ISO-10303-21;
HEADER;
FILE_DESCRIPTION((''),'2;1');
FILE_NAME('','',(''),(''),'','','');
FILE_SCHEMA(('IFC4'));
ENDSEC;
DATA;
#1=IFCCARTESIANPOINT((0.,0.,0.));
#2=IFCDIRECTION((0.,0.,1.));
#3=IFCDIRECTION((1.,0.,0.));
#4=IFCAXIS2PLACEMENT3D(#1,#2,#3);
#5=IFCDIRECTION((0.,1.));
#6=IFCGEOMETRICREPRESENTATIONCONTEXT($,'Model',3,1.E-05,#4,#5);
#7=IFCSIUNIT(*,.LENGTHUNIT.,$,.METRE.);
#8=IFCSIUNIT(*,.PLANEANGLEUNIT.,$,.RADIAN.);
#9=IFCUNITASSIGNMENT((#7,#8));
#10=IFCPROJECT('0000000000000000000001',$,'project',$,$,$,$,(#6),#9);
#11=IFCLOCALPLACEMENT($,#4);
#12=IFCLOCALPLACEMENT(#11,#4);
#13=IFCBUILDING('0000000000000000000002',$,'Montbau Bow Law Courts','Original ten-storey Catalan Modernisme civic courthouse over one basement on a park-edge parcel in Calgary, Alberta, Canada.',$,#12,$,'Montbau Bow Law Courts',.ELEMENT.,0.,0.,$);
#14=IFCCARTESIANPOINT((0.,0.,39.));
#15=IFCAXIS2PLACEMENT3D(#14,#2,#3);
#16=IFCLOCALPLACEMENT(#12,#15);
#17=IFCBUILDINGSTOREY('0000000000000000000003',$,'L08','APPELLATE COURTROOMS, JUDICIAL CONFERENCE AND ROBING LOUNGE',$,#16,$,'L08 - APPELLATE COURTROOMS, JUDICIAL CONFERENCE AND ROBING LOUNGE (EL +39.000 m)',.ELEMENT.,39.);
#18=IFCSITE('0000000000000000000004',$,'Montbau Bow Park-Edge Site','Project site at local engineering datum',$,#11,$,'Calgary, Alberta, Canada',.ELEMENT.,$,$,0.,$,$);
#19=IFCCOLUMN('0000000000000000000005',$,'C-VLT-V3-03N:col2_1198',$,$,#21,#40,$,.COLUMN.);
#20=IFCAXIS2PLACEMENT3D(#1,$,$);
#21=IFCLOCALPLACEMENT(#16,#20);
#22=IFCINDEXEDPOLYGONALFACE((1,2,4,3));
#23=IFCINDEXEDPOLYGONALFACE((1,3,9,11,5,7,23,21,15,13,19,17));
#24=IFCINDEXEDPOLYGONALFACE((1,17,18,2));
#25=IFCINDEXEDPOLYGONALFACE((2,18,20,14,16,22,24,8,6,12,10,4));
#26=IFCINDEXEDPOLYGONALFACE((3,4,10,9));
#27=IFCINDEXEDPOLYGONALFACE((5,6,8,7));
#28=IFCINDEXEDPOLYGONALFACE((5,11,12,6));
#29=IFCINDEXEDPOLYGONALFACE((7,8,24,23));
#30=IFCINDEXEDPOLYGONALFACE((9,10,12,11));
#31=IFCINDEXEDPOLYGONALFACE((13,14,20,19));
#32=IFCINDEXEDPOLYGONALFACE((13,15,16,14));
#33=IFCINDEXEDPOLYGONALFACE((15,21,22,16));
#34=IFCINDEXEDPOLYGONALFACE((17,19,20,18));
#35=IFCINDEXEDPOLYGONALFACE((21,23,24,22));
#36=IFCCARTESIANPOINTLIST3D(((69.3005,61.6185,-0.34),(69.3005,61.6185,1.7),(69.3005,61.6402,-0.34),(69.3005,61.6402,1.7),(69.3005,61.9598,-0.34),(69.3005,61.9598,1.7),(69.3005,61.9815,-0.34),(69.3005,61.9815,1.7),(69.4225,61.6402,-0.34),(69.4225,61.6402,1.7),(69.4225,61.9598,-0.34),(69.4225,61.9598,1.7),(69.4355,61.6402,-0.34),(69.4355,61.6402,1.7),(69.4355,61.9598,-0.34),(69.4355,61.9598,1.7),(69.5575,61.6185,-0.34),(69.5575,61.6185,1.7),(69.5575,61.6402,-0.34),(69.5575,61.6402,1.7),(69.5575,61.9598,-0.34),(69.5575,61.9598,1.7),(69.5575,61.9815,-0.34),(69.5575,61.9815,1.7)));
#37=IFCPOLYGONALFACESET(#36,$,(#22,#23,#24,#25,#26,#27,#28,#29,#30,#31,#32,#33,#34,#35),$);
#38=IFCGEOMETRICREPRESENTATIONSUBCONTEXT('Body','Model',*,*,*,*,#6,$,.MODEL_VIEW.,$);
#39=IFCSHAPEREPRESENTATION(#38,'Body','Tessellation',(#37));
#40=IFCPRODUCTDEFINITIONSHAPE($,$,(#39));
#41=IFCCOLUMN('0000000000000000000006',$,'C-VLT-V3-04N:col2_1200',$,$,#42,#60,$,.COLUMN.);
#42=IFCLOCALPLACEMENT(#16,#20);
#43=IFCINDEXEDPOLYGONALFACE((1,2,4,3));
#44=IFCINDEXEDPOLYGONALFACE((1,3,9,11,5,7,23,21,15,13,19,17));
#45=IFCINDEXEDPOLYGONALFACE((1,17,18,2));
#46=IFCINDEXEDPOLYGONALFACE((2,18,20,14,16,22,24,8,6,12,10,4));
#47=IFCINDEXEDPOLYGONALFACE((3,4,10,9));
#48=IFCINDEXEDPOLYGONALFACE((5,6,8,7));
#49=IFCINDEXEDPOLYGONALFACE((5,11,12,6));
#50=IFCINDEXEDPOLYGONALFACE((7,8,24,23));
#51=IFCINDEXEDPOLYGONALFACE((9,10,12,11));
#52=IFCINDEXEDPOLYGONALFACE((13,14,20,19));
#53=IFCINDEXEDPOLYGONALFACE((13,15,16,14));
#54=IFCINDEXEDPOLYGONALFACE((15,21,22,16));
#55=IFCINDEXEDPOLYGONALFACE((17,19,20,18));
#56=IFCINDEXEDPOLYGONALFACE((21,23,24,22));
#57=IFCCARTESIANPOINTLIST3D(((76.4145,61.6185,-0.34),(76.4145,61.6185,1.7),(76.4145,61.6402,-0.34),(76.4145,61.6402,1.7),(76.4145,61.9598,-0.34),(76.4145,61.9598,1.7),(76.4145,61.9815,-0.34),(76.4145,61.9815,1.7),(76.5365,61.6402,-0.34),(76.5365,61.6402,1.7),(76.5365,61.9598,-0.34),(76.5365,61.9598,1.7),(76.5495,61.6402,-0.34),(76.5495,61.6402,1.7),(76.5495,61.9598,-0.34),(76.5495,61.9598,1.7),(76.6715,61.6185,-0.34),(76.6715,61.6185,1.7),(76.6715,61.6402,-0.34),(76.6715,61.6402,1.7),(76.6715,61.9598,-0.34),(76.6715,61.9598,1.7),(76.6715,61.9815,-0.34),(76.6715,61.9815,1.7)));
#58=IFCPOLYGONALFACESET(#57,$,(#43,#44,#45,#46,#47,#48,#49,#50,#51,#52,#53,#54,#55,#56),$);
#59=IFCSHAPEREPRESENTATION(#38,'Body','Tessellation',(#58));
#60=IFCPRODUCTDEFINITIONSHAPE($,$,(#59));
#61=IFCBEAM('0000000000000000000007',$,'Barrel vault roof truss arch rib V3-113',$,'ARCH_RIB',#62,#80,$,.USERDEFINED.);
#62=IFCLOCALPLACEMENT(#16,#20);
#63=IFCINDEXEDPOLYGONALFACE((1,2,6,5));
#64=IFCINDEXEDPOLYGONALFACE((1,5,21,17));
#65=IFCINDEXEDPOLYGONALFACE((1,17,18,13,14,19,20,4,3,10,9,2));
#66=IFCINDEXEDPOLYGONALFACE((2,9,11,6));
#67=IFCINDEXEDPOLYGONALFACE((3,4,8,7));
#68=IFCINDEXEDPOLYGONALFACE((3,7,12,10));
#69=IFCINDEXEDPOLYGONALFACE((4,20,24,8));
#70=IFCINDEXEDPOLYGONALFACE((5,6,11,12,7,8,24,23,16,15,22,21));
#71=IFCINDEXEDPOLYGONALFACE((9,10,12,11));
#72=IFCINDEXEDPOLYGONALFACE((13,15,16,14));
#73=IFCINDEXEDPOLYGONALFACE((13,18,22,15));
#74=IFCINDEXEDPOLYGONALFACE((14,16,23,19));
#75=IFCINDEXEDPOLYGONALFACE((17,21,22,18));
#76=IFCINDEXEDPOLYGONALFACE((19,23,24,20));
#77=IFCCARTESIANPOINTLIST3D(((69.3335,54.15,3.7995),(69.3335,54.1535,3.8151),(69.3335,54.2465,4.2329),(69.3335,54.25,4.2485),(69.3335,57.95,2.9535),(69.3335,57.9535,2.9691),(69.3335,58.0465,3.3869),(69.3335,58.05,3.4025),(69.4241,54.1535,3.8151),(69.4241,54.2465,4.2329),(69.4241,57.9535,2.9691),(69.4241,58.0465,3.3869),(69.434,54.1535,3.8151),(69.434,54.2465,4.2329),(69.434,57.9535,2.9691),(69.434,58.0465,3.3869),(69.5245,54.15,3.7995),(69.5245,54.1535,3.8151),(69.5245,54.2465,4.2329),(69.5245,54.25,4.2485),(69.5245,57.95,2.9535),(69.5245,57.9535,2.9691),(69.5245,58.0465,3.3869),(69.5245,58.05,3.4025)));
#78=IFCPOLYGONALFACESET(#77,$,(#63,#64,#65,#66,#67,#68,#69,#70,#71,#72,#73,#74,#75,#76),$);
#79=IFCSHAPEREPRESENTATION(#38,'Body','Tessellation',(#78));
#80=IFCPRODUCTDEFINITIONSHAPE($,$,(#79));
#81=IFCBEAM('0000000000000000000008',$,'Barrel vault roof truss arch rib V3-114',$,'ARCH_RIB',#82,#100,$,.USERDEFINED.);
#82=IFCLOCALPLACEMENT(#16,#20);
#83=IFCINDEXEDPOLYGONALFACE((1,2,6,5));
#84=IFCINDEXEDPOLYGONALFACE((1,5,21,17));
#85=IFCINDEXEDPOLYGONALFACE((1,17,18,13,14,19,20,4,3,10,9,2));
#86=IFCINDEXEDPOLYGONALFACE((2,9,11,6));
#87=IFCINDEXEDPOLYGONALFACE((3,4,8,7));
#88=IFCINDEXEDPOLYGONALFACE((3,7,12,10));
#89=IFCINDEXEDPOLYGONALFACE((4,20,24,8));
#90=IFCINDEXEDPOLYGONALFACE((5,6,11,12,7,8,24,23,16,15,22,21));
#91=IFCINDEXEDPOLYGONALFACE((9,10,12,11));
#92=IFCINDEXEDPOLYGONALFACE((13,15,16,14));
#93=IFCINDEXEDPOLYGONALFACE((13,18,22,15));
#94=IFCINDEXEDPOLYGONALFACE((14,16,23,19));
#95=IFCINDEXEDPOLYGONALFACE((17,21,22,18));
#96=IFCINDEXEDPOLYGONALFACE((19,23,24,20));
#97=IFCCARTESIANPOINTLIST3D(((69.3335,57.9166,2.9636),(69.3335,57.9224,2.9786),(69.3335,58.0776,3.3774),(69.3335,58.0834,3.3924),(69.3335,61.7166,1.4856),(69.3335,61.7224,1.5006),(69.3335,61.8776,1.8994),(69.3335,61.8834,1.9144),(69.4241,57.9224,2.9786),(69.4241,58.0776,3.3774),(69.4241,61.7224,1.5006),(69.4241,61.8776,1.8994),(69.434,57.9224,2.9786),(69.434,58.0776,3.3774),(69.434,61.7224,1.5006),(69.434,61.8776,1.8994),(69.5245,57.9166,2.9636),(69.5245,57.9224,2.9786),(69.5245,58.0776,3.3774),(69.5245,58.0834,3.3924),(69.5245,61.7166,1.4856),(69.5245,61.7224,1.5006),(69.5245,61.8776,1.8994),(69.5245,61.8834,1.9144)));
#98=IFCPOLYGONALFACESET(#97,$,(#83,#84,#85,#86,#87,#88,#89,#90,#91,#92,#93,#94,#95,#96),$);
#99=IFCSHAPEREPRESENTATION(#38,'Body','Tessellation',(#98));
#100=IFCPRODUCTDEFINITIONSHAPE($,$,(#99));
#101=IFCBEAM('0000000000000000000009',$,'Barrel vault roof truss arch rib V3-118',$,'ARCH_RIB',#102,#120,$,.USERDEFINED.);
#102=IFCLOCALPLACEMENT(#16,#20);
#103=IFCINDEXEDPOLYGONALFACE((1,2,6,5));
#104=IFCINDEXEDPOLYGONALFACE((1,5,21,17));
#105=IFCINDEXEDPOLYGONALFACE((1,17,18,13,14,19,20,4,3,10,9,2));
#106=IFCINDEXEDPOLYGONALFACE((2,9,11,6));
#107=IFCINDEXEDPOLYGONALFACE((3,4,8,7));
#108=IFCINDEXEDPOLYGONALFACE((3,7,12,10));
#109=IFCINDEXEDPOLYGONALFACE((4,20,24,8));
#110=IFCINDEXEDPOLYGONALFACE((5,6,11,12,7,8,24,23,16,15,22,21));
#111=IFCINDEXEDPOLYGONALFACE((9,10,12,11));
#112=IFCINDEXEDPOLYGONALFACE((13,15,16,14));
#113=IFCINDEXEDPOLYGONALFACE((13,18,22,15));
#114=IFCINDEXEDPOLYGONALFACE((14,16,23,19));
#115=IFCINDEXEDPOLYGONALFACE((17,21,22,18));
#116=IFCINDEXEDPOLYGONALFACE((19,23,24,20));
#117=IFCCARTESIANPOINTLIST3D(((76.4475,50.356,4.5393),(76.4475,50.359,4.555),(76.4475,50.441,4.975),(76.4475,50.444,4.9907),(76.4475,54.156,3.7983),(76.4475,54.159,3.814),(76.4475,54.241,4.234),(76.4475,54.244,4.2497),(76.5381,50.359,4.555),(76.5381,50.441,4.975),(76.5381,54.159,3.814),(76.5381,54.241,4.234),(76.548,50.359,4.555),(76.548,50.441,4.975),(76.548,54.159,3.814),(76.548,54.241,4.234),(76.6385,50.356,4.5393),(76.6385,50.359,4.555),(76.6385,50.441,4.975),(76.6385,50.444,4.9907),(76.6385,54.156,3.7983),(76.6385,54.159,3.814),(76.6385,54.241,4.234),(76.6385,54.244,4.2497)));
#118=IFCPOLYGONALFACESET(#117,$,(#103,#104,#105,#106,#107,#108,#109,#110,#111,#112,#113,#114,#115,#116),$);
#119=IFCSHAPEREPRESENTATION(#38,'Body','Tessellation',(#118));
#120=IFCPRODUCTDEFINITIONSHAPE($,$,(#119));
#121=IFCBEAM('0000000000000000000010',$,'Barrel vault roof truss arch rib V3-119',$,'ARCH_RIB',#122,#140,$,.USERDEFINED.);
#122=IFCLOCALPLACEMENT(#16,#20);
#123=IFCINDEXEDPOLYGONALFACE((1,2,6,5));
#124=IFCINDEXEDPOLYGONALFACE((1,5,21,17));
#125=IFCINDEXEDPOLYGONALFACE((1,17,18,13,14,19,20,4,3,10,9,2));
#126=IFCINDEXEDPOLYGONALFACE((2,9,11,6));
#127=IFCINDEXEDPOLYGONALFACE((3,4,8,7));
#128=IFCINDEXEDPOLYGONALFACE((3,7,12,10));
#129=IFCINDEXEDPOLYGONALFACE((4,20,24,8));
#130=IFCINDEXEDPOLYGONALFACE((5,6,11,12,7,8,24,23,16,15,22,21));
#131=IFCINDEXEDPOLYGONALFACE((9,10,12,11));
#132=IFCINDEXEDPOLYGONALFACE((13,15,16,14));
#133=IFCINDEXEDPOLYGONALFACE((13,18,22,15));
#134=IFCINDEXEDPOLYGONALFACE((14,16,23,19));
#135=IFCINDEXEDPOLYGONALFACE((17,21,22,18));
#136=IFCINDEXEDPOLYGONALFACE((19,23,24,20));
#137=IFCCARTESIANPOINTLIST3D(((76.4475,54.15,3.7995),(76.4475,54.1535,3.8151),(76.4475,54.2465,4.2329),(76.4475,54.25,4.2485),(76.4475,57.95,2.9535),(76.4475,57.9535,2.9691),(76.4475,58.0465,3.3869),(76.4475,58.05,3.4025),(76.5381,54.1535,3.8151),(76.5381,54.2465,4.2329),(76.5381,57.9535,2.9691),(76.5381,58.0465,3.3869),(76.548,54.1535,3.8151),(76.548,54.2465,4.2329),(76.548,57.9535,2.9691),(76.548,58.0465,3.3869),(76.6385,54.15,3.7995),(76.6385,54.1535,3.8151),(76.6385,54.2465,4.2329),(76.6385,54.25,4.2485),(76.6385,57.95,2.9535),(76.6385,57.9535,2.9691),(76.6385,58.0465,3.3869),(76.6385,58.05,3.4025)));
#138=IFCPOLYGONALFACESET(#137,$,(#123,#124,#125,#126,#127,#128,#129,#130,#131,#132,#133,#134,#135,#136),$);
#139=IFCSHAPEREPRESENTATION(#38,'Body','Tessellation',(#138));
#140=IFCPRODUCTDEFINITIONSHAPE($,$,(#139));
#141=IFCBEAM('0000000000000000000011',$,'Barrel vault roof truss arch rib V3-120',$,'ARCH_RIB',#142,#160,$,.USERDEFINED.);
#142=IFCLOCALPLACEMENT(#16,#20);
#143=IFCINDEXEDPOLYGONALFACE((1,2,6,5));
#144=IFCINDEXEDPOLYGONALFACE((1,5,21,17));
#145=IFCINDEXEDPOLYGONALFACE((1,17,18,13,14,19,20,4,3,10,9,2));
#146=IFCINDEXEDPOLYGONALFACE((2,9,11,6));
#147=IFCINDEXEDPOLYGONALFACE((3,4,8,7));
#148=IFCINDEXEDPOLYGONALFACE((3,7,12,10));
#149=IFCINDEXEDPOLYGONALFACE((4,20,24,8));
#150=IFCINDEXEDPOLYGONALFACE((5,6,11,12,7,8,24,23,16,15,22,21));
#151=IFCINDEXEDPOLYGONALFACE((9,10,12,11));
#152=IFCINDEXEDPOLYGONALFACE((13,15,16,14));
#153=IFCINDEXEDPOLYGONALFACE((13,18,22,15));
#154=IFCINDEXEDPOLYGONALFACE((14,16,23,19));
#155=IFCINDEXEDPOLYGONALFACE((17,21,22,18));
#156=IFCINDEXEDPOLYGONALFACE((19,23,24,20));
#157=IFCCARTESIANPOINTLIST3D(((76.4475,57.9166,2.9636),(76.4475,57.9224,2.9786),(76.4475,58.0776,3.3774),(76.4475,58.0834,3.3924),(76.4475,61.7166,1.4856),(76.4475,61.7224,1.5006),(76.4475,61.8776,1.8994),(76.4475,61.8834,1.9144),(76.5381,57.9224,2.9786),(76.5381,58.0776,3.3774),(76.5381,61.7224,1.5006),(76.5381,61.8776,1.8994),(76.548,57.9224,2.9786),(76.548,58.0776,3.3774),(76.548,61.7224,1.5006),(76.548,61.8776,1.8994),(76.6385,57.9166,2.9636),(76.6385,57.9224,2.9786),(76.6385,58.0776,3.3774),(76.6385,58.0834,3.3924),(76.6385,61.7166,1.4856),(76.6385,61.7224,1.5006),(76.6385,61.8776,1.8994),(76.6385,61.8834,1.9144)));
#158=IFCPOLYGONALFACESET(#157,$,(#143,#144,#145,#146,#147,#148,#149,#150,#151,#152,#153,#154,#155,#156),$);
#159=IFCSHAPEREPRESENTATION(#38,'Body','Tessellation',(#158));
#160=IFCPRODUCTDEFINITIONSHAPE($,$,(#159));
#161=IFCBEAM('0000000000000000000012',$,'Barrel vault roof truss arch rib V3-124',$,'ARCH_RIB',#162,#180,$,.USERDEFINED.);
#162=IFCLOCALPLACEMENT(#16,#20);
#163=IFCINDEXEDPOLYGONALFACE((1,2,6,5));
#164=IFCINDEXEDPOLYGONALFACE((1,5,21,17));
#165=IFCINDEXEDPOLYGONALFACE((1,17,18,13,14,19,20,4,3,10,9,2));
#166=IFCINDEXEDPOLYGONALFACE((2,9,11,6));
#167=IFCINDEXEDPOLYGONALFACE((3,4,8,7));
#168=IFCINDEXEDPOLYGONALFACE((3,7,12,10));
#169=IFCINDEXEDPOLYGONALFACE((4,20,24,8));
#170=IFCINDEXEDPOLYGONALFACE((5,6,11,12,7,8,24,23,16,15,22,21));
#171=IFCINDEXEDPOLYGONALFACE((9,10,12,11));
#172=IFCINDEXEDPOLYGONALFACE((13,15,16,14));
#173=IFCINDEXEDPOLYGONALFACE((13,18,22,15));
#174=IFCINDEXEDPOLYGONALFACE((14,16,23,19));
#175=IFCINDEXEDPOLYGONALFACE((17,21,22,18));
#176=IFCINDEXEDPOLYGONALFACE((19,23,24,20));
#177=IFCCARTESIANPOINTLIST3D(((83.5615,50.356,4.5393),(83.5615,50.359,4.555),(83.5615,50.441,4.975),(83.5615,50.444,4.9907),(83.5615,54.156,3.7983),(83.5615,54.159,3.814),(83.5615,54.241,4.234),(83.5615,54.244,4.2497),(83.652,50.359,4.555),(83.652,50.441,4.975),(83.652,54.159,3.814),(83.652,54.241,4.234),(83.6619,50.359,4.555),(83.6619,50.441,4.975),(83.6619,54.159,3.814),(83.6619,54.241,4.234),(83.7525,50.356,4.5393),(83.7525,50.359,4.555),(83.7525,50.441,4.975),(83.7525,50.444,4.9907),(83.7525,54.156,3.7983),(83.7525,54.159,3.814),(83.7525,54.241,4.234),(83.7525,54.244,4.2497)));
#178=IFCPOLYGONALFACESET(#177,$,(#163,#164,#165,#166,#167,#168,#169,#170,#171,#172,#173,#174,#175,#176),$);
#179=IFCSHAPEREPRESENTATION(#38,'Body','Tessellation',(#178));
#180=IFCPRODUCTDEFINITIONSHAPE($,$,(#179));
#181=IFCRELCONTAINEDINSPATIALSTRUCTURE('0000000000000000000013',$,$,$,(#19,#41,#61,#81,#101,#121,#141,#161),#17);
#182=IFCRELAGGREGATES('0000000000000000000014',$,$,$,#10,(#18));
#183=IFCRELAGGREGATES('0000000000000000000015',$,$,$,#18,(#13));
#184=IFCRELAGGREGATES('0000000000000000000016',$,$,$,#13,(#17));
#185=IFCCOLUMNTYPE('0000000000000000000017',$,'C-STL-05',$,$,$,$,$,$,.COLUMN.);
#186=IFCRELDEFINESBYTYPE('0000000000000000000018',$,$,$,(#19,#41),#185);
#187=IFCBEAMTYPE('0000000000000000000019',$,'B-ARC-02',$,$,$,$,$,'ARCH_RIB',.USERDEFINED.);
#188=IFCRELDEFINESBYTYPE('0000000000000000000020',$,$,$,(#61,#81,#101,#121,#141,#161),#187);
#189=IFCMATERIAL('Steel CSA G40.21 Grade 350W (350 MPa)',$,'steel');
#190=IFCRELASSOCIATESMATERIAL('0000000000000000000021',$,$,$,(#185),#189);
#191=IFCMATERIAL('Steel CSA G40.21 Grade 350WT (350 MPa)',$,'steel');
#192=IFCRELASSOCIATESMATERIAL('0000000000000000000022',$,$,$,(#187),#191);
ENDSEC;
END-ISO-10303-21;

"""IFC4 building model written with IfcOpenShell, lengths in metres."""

from ifc_helpers import new_model, si_unit, direction, frame, origin_with_axes, origin_2d_with_axis, place, context, subcontext, project, spatial, i_section, extrude, material, material_profile, profile_set, type_object, element, save


model = new_model("IFC4")

# Units and contexts
model_context = context("Model", 3, precision=1e-05, world=origin_with_axes(), true_north=direction((0.0, 1.0)))
body_context = subcontext(model_context, "Body", "Model", "MODEL_VIEW")
ifc_project = project(units=[si_unit("LENGTHUNIT", "METRE"), si_unit("PLANEANGLEUNIT", "RADIAN")], contexts=[model_context])

# Site, building, storey
site_placement = place(None, origin_with_axes())
site = spatial("IfcSite", under=ifc_project, at=site_placement, Name="Montbau Bow Park-Edge Site", Description="Project site at local engineering datum", LongName="Calgary, Alberta, Canada", CompositionType="ELEMENT", RefElevation=0.0)
building_placement = place(site_placement, origin_with_axes())
building = spatial("IfcBuilding", under=site, at=building_placement, Name="Montbau Bow Law Courts", Description="Original ten-storey Catalan Modernisme civic courthouse over one basement on a park-edge parcel in Calgary, Alberta, Canada.", LongName="Montbau Bow Law Courts", CompositionType="ELEMENT", ElevationOfRefHeight=0.0, ElevationOfTerrain=0.0)
storey_placement = place(building_placement, frame((0.0, 0.0, 39.0), z_axis=(0.0, 0.0, 1.0), x_axis=(1.0, 0.0, 0.0)))
storey = spatial("IfcBuildingStorey", under=building, at=storey_placement, Name="L08", Description="APPELLATE COURTROOMS, JUDICIAL CONFERENCE AND ROBING LOUNGE", LongName="L08 - APPELLATE COURTROOMS, JUDICIAL CONFERENCE AND ROBING LOUNGE (EL +39.000 m)", CompositionType="ELEMENT", Elevation=39.0)

# Columns
ifc_material_1 = material(Name="Steel CSA G40.21 Grade 350W (350 MPa)", Category="steel")
ifc_material_profile_1 = material_profile(ifc_material_1, i_section(OverallWidth=0.257, OverallDepth=0.363, WebThickness=0.013, FlangeThickness=0.0217, at=origin_2d_with_axis()), Name="W360X122", Category="Main", Priority=0)
ifc_profile_set_1 = profile_set([ifc_material_profile_1], Name="Steel CSA G40.21 Grade 350W (350 MPa)")
column_type = type_object("IfcColumnType", Name="C-STL-05", PredefinedType="COLUMN", material=ifc_profile_set_1)
for number, where, z_axis, x_axis, name in (
    (1, (69.429, 61.8, 38.66), (0.0, 0.0, 1.0), (1.0, 0.0, 0.0), "C-VLT-V3-03N:col2_1198"),
    (2, (76.543, 61.8, 38.66), (0.0, 0.0, 1.0), (1.0, 0.0, 0.0), "C-VLT-V3-04N:col2_1200"),
):
    element("IfcColumn", number, at=place(None, frame(where, z_axis=z_axis, x_axis=x_axis)), inside=storey, type_object=column_type, Name=name, PredefinedType="COLUMN", context=body_context, shape_type="SweptSolid", body=[
        extrude(i_section(OverallWidth=0.257, OverallDepth=0.363, WebThickness=0.013, FlangeThickness=0.0217, at=origin_2d_with_axis()), origin_with_axes(), (0.0, 0.0, 1.0), 2.04),
    ])

# Beams
ifc_material_2 = material(Name="Steel CSA G40.21 Grade 350WT (350 MPa)", Category="steel")
ifc_material_profile_2 = material_profile(ifc_material_2, i_section(OverallWidth=0.191, OverallDepth=0.46, WebThickness=0.0099, FlangeThickness=0.016, at=origin_2d_with_axis()), Name="W460X82", Category="Main", Priority=0)
ifc_profile_set_2 = profile_set([ifc_material_profile_2], Name="Steel CSA G40.21 Grade 350WT (350 MPa)")
beam_type_1 = type_object("IfcBeamType", Name="B-ARC-02", ElementType="ARCH_RIB", PredefinedType="USERDEFINED", material=ifc_profile_set_2)
beam_1_placement = place(None, frame((69.429, 54.2, 43.024), z_axis=(0.0, 0.976102, -0.217311), x_axis=(-1.0, 0.0, 0.0)))
element("IfcBeam", 3, at=beam_1_placement, inside=storey, type_object=beam_type_1, Name="Barrel vault roof truss arch rib V3-113", ObjectType="ARCH_RIB", PredefinedType="USERDEFINED", context=body_context, shape_type="SweptSolid", body=[
    extrude(i_section(OverallWidth=0.191, OverallDepth=0.46, WebThickness=0.0099, FlangeThickness=0.016, at=origin_2d_with_axis()), origin_with_axes(), (0.0, 0.0, 1.0), 3.893),
])
beam_2_placement = place(None, frame((69.429, 58.0, 42.178), z_axis=(0.0, 0.931986, -0.362494), x_axis=(-1.0, 0.0, 0.0)))
element("IfcBeam", 4, at=beam_2_placement, inside=storey, type_object=beam_type_1, Name="Barrel vault roof truss arch rib V3-114", ObjectType="ARCH_RIB", PredefinedType="USERDEFINED", context=body_context, shape_type="SweptSolid", body=[
    extrude(i_section(OverallWidth=0.191, OverallDepth=0.46, WebThickness=0.0099, FlangeThickness=0.016, at=origin_2d_with_axis()), origin_with_axes(), (0.0, 0.0, 1.0), 4.0773),
])
beam_3_placement = place(None, frame((76.543, 50.4, 43.765), z_axis=(0.0, 0.981513, -0.191395), x_axis=(-1.0, 0.0, 0.0)))
element("IfcBeam", 5, at=beam_3_placement, inside=storey, type_object=beam_type_1, Name="Barrel vault roof truss arch rib V3-118", ObjectType="ARCH_RIB", PredefinedType="USERDEFINED", context=body_context, shape_type="SweptSolid", body=[
    extrude(i_section(OverallWidth=0.191, OverallDepth=0.46, WebThickness=0.0099, FlangeThickness=0.016, at=origin_2d_with_axis()), origin_with_axes(), (0.0, 0.0, 1.0), 3.8716),
])
beam_4_placement = place(None, frame((76.543, 54.2, 43.024), z_axis=(0.0, 0.976102, -0.217311), x_axis=(-1.0, 0.0, 0.0)))
element("IfcBeam", 6, at=beam_4_placement, inside=storey, type_object=beam_type_1, Name="Barrel vault roof truss arch rib V3-119", ObjectType="ARCH_RIB", PredefinedType="USERDEFINED", context=body_context, shape_type="SweptSolid", body=[
    extrude(i_section(OverallWidth=0.191, OverallDepth=0.46, WebThickness=0.0099, FlangeThickness=0.016, at=origin_2d_with_axis()), origin_with_axes(), (0.0, 0.0, 1.0), 3.893),
])
beam_5_placement = place(None, frame((76.543, 58.0, 42.178), z_axis=(0.0, 0.931986, -0.362494), x_axis=(-1.0, 0.0, 0.0)))
element("IfcBeam", 7, at=beam_5_placement, inside=storey, type_object=beam_type_1, Name="Barrel vault roof truss arch rib V3-120", ObjectType="ARCH_RIB", PredefinedType="USERDEFINED", context=body_context, shape_type="SweptSolid", body=[
    extrude(i_section(OverallWidth=0.191, OverallDepth=0.46, WebThickness=0.0099, FlangeThickness=0.016, at=origin_2d_with_axis()), origin_with_axes(), (0.0, 0.0, 1.0), 4.0773),
])
beam_6_placement = place(None, frame((83.657, 50.4, 43.765), z_axis=(0.0, 0.981513, -0.191395), x_axis=(-1.0, 0.0, 0.0)))
element("IfcBeam", 8, at=beam_6_placement, inside=storey, type_object=beam_type_1, Name="Barrel vault roof truss arch rib V3-124", ObjectType="ARCH_RIB", PredefinedType="USERDEFINED", context=body_context, shape_type="SweptSolid", body=[
    extrude(i_section(OverallWidth=0.191, OverallDepth=0.46, WebThickness=0.0099, FlangeThickness=0.016, at=origin_2d_with_axis()), origin_with_axes(), (0.0, 0.0, 1.0), 3.8716),
])

save(model, "model.ifc")
